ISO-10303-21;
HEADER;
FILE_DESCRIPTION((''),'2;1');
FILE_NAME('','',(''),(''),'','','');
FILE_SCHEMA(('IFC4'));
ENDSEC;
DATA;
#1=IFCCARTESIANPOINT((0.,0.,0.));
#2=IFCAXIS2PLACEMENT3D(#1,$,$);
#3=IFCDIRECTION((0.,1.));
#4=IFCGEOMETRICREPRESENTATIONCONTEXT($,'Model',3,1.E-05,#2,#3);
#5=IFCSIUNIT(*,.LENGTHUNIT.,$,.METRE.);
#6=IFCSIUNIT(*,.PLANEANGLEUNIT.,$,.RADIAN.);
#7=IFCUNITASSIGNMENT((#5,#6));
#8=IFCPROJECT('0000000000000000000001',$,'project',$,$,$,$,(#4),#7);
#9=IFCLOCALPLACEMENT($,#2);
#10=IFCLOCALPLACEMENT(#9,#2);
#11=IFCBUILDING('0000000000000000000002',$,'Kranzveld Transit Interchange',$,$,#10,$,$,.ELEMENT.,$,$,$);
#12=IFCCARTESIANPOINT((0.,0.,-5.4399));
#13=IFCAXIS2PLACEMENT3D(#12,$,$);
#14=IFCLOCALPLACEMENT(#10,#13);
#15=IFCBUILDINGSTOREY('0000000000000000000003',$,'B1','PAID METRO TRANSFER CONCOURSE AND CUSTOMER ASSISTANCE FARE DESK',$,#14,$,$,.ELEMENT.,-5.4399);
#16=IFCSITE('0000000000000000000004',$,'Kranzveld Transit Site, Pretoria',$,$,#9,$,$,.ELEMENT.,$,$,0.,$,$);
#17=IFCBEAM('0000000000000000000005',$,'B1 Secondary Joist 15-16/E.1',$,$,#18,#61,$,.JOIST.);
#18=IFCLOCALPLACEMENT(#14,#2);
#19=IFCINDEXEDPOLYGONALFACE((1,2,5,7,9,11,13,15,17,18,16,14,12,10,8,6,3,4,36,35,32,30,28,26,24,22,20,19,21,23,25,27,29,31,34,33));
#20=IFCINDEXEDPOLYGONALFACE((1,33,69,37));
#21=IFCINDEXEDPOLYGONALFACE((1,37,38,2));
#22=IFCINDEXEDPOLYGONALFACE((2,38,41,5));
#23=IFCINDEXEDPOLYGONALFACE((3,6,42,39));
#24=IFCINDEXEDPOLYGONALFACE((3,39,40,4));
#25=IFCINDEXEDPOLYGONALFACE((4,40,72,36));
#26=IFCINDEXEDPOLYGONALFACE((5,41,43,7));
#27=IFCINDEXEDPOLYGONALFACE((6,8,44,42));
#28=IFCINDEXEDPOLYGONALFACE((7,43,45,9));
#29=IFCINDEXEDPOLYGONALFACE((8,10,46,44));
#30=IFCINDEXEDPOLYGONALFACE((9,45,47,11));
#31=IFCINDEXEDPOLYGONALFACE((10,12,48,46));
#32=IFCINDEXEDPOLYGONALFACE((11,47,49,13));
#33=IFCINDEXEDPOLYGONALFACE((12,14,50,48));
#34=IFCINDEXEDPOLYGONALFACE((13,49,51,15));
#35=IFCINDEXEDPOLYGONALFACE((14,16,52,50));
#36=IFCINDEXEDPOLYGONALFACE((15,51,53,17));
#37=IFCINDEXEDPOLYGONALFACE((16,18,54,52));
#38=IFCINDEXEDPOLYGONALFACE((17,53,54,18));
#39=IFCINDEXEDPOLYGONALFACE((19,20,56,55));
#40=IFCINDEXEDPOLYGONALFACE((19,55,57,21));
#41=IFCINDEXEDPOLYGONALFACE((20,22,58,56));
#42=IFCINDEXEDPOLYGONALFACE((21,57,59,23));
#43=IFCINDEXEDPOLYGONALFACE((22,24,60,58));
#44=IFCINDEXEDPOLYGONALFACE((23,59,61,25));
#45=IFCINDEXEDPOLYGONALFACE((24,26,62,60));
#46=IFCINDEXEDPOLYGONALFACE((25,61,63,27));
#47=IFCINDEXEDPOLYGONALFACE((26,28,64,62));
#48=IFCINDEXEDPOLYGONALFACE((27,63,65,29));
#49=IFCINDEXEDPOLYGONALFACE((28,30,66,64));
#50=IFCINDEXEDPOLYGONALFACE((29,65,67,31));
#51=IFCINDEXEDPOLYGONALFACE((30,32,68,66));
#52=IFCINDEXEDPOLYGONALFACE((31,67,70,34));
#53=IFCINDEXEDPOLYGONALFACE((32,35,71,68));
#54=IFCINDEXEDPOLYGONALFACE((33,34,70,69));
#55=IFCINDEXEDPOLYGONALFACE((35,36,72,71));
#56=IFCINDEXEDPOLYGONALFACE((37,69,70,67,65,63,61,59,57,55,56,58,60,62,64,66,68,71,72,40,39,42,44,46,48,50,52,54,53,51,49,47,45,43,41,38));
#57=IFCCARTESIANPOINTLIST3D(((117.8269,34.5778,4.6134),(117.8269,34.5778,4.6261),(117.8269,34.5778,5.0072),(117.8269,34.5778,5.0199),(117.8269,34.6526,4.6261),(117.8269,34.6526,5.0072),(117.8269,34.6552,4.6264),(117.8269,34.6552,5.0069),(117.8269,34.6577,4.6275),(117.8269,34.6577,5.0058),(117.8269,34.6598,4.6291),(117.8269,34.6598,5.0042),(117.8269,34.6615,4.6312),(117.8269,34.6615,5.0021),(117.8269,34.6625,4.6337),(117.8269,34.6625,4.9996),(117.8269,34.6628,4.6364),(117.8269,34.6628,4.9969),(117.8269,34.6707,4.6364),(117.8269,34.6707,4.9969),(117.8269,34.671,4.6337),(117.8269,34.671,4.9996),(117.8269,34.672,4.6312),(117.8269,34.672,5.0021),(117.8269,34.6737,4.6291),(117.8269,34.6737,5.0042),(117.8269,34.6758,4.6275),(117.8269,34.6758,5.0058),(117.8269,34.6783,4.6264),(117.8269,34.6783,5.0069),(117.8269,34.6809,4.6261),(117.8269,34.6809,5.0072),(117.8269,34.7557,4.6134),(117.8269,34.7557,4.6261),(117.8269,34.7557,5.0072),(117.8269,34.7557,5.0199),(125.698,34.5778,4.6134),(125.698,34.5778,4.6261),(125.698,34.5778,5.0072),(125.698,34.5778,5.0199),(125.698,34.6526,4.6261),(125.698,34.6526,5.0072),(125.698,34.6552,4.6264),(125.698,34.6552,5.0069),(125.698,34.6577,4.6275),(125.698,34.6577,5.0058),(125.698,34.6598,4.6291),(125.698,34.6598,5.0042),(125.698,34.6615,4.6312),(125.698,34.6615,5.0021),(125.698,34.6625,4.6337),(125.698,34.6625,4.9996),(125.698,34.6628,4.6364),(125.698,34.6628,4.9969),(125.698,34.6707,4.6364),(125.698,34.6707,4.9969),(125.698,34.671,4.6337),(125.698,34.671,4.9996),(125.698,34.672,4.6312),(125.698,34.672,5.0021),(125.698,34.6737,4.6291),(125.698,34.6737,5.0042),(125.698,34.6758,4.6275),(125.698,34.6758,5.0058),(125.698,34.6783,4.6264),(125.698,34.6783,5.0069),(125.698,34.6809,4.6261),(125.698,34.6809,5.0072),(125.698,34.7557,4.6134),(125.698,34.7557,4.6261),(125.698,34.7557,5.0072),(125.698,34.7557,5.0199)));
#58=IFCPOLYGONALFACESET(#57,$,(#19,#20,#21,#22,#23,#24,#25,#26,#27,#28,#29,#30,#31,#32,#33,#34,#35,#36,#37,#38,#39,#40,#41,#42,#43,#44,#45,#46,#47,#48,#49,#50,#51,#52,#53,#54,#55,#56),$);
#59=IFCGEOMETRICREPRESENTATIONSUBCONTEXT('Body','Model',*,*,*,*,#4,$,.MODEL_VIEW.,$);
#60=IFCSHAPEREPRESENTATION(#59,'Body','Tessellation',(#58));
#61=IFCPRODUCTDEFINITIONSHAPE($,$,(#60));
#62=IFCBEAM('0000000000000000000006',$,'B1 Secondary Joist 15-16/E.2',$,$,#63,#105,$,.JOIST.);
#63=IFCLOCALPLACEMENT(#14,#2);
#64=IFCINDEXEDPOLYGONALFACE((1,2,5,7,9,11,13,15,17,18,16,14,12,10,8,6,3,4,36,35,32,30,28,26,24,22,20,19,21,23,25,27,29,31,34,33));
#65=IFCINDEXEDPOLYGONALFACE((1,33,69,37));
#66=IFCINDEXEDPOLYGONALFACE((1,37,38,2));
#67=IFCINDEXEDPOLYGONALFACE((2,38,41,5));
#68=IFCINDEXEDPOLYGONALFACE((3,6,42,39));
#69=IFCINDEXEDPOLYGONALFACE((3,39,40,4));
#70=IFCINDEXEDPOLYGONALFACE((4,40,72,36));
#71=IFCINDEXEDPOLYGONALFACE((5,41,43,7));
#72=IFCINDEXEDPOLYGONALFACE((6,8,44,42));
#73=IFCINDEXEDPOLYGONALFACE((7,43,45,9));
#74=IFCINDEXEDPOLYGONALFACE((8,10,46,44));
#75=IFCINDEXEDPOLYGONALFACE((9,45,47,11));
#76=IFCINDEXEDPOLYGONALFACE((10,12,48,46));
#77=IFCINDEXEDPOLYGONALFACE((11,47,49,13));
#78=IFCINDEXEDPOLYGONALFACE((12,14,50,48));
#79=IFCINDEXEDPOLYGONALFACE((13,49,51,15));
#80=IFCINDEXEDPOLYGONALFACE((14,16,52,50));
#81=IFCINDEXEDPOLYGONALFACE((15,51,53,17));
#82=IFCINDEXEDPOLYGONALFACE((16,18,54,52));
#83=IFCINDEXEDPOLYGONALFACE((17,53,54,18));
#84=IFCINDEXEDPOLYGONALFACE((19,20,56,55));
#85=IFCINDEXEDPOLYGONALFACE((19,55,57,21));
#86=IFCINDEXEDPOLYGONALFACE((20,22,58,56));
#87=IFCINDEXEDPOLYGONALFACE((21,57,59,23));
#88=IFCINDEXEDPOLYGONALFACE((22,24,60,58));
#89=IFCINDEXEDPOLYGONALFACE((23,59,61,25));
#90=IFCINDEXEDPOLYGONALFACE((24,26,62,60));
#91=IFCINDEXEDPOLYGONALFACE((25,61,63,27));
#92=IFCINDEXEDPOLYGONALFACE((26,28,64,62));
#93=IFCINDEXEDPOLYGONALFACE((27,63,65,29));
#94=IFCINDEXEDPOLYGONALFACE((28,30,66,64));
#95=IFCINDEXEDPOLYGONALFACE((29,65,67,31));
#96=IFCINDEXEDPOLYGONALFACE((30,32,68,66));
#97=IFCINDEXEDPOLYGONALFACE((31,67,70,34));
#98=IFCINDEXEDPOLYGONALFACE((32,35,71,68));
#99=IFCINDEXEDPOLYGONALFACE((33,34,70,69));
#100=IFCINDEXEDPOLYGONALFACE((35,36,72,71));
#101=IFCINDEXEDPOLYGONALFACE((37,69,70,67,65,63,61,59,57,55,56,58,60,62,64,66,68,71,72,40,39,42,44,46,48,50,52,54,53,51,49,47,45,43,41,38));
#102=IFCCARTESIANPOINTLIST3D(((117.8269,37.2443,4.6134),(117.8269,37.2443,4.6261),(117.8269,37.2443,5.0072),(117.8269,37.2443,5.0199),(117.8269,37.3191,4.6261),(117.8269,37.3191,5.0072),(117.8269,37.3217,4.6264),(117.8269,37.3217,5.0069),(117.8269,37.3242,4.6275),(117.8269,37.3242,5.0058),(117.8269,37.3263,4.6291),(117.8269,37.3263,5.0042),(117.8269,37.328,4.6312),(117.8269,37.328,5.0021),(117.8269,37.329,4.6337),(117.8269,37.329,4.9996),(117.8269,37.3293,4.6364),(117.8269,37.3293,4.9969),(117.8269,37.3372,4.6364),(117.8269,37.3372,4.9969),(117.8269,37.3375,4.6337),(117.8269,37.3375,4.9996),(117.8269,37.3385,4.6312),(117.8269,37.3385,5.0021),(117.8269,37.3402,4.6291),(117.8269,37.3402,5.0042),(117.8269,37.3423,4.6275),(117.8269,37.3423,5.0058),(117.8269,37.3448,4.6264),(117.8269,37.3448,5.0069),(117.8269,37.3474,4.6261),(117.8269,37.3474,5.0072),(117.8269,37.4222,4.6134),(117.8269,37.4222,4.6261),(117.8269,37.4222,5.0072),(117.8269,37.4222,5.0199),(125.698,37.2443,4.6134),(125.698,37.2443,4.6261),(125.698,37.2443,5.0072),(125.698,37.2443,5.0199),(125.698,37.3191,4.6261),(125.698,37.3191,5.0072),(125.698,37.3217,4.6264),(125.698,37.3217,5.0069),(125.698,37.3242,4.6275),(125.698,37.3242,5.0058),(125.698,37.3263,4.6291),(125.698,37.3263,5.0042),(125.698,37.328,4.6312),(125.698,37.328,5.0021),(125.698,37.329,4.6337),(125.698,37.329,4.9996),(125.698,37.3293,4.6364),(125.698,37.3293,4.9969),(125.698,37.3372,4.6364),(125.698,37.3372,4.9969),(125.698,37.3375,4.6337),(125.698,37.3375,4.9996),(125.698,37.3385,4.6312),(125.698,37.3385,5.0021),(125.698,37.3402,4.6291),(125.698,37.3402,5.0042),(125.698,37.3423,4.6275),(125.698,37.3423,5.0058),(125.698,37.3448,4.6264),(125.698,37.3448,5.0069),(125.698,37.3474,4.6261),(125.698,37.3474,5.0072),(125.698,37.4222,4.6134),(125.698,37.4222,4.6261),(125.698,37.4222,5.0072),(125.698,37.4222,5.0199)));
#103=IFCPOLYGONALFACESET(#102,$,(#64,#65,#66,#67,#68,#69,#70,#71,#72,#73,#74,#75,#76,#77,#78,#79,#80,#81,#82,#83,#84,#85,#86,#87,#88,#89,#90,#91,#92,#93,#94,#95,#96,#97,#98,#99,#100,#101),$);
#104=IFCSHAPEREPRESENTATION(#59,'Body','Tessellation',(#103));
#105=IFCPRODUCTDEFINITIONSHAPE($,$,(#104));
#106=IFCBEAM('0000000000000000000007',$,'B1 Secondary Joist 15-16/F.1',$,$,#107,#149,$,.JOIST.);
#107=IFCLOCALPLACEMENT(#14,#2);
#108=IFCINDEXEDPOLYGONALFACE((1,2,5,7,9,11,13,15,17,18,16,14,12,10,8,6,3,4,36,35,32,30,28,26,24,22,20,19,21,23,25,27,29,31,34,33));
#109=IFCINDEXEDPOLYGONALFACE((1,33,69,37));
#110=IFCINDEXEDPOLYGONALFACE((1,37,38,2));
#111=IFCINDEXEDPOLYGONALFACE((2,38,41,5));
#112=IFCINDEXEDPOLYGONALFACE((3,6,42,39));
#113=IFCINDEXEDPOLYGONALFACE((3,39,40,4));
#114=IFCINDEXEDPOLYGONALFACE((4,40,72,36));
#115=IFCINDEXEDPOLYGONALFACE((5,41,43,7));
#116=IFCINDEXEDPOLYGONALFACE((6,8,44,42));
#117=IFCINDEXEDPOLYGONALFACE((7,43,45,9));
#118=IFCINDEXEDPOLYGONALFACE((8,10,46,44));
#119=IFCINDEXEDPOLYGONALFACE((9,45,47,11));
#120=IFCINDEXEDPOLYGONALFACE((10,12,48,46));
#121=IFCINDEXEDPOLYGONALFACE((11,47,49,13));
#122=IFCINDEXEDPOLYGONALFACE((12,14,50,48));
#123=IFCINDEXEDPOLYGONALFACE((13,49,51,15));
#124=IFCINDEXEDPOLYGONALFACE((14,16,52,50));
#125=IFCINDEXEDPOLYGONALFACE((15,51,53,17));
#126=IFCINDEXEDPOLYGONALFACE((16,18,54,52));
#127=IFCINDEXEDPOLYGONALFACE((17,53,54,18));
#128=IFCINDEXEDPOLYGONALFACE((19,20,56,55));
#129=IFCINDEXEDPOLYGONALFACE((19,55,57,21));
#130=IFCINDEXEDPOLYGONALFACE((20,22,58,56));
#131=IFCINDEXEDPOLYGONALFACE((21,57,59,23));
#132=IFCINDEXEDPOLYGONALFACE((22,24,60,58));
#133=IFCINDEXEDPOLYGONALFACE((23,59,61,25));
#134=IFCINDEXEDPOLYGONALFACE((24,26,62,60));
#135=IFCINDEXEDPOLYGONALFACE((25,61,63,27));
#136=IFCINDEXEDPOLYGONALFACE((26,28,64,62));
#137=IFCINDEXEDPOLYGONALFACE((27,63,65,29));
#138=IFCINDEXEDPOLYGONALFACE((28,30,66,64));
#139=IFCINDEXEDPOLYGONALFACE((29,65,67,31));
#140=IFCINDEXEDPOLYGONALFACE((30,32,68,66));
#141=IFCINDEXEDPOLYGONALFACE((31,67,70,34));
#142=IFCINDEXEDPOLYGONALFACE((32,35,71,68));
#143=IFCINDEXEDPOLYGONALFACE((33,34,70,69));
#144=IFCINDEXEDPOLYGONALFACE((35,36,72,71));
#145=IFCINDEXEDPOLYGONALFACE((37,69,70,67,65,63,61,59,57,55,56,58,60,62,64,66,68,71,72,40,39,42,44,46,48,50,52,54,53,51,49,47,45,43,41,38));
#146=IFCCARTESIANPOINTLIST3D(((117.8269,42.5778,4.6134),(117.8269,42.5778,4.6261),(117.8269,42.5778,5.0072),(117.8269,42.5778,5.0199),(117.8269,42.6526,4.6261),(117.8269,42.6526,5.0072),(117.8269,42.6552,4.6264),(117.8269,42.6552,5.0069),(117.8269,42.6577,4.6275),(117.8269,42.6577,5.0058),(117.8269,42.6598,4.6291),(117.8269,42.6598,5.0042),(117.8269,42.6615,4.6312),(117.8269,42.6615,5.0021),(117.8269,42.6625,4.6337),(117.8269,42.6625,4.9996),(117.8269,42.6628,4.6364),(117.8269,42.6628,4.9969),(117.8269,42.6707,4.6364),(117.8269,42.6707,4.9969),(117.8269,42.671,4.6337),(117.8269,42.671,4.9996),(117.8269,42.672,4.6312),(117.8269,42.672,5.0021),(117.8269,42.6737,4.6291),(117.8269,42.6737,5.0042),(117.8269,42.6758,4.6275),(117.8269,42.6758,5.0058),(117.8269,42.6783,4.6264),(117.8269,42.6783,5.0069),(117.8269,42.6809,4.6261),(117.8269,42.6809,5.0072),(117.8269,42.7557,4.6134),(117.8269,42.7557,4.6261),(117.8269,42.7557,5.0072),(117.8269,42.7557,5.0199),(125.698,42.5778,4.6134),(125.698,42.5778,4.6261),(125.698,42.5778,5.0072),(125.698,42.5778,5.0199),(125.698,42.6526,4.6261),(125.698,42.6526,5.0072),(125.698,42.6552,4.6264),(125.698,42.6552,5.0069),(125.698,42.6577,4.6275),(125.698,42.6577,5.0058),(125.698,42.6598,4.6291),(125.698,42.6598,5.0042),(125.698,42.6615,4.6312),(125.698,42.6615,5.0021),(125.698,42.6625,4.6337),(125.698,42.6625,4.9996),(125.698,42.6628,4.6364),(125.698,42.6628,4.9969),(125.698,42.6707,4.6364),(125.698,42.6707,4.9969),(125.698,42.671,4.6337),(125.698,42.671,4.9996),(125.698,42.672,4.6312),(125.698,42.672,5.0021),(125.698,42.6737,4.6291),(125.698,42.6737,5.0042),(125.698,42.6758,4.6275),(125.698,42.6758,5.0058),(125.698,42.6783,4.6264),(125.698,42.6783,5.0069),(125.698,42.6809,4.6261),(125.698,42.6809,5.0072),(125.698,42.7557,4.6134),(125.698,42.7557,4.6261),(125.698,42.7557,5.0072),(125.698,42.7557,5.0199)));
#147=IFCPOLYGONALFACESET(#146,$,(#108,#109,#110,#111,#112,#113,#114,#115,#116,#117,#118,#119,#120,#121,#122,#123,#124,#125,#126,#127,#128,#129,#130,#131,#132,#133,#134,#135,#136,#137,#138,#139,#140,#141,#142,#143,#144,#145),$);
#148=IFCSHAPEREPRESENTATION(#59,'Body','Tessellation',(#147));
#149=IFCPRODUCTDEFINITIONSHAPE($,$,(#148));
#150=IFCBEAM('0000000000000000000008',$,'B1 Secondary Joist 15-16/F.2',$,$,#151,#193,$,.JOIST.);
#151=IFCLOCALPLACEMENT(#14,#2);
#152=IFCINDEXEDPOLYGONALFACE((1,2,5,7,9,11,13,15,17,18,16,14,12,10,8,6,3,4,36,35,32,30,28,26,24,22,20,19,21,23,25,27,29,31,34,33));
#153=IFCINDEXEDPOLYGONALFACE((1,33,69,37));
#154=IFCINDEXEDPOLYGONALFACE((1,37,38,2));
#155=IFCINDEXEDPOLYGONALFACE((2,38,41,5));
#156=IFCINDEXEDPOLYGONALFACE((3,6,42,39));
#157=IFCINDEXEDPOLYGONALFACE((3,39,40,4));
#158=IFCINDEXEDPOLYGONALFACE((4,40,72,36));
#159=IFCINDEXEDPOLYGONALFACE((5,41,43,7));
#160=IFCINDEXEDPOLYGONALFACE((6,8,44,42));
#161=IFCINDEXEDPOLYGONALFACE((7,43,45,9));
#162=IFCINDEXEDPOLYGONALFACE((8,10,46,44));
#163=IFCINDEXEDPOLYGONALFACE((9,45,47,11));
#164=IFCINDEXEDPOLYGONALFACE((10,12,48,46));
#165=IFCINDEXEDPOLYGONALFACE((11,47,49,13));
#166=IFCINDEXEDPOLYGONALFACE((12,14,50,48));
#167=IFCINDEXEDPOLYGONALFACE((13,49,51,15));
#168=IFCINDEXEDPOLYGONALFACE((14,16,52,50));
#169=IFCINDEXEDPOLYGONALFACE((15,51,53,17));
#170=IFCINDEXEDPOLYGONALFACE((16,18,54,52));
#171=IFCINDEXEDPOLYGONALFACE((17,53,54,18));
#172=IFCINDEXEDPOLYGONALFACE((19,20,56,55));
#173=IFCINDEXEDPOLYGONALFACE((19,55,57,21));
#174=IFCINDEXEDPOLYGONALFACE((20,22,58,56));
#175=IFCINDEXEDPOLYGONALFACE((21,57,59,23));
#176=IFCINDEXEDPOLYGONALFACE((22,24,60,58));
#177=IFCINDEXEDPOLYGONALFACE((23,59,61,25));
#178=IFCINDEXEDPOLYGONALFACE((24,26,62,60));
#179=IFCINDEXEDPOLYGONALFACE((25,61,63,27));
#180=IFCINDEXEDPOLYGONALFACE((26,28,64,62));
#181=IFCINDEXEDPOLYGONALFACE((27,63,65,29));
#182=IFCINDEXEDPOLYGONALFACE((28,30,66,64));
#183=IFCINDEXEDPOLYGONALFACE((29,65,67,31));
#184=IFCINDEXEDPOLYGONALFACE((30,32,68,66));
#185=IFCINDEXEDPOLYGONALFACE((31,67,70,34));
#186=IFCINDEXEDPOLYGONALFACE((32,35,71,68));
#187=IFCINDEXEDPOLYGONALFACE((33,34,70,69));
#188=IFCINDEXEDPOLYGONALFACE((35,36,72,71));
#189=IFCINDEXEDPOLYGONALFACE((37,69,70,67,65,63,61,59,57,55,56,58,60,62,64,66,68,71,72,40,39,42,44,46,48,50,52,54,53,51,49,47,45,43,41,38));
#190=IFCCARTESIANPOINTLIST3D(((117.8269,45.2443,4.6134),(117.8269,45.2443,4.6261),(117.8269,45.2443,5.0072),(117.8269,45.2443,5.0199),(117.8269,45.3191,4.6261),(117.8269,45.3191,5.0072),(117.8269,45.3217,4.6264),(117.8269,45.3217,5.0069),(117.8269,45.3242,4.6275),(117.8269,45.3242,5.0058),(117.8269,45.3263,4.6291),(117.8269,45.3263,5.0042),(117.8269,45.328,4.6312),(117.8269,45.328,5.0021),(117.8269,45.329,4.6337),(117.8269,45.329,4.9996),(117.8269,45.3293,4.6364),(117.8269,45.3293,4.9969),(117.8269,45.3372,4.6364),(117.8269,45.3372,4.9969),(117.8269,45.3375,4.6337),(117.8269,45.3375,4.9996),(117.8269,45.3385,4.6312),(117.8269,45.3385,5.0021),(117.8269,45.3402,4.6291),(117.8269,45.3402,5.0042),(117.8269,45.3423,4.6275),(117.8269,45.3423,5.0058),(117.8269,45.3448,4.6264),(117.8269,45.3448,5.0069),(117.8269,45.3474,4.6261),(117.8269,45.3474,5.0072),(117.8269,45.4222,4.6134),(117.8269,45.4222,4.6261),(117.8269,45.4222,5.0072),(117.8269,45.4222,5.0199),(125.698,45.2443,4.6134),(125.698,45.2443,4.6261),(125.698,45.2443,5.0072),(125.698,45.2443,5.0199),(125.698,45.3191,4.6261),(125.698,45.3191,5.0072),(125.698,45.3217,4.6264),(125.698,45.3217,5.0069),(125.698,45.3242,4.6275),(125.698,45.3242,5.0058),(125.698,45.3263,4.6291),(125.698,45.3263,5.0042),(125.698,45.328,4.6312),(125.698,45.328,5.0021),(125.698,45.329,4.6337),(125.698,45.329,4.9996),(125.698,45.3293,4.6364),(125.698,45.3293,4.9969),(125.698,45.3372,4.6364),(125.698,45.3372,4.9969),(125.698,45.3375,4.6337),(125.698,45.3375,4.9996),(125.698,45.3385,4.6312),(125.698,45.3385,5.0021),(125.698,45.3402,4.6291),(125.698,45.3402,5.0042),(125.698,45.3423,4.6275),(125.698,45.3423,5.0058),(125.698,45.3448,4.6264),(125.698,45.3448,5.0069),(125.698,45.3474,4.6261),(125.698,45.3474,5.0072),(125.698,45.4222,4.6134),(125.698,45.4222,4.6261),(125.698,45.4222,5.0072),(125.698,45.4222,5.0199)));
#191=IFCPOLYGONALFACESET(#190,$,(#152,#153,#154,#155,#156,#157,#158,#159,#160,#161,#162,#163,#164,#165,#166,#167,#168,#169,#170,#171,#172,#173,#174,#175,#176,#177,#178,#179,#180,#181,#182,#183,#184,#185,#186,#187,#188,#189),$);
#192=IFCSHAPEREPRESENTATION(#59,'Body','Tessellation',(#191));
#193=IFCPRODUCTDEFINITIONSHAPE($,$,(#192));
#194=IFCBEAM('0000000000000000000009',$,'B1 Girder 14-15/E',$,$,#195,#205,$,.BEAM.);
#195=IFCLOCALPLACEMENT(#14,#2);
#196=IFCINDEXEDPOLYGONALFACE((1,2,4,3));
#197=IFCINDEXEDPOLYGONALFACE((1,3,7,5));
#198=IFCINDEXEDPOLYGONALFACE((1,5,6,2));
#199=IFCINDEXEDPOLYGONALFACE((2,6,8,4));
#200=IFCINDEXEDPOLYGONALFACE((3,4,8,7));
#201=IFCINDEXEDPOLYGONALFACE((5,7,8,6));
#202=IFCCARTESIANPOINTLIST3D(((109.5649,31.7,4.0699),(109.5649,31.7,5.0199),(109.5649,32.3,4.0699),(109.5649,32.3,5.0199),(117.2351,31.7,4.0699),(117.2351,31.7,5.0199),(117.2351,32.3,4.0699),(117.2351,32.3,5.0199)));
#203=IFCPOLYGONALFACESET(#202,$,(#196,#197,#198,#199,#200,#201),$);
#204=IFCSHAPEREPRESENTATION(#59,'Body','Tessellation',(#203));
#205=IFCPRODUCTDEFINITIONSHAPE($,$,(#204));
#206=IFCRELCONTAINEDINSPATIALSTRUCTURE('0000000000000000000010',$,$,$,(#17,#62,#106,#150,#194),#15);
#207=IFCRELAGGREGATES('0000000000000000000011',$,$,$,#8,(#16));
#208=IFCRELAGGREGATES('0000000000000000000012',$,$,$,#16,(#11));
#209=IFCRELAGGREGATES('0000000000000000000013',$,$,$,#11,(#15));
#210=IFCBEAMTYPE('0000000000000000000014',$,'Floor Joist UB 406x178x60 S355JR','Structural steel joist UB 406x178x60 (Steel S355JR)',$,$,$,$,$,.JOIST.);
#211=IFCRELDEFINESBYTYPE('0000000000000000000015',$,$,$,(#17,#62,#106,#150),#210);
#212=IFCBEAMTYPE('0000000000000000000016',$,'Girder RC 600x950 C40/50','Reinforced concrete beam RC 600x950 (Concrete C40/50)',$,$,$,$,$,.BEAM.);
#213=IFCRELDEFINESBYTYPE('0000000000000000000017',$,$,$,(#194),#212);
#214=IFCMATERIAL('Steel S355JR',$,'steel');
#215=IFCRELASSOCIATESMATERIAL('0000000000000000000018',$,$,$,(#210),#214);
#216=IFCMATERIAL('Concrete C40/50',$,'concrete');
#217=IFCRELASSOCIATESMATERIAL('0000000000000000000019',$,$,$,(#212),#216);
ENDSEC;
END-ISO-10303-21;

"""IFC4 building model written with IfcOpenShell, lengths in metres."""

from ifc_helpers import new_model, si_unit, direction, frame, origin, origin_2d, place, context, subcontext, project, spatial, rectangle, i_section, extrude, material, material_profile, profile_set, type_object, element, save


model = new_model("IFC4")

# Units and contexts
model_context = context("Model", 3, precision=1e-05, world=origin(), true_north=direction((0.0, 1.0)))
body_context = subcontext(model_context, "Body", "Model", "MODEL_VIEW")
ifc_project = project(units=[si_unit("LENGTHUNIT", "METRE"), si_unit("PLANEANGLEUNIT", "RADIAN")], contexts=[model_context])

# Site, building, storey
site_placement = place(None, origin())
site = spatial("IfcSite", under=ifc_project, at=site_placement, Name="Kranzveld Transit Site, Pretoria", CompositionType="ELEMENT", RefElevation=0.0)
building_placement = place(site_placement, origin())
building = spatial("IfcBuilding", under=site, at=building_placement, Name="Kranzveld Transit Interchange", CompositionType="ELEMENT")
storey_placement = place(building_placement, frame((0.0, 0.0, -5.4399)))
storey = spatial("IfcBuildingStorey", under=building, at=storey_placement, Name="B1", Description="PAID METRO TRANSFER CONCOURSE AND CUSTOMER ASSISTANCE FARE DESK", CompositionType="ELEMENT", Elevation=-5.4399)

# Beams
ifc_material_1 = material(Name="Steel S355JR", Category="steel")
ifc_material_profile_1 = material_profile(ifc_material_1, i_section(OverallWidth=0.178, OverallDepth=0.4065, WebThickness=0.0078, FlangeThickness=0.0127, FilletRadius=0.0103, at=origin_2d()), Name="UB 406x178x60")
ifc_profile_set_1 = profile_set([ifc_material_profile_1], Name="Steel S355JR")
beam_type_1 = type_object("IfcBeamType", Name="Floor Joist UB 406x178x60 S355JR", Description="Structural steel joist UB 406x178x60 (Steel S355JR)", PredefinedType="JOIST", material=ifc_profile_set_1)
for number, where, z_axis, x_axis, name in (
    (1, (117.8269, 34.6667, 4.8167), (1.0, 0.0, 0.0), (0.0, 1.0, 0.0), "B1 Secondary Joist 15-16/E.1"),
    (2, (117.8269, 37.3333, 4.8167), (1.0, 0.0, 0.0), (0.0, 1.0, 0.0), "B1 Secondary Joist 15-16/E.2"),
    (3, (117.8269, 42.6667, 4.8167), (1.0, 0.0, 0.0), (0.0, 1.0, 0.0), "B1 Secondary Joist 15-16/F.1"),
    (4, (117.8269, 45.3333, 4.8167), (1.0, 0.0, 0.0), (0.0, 1.0, 0.0), "B1 Secondary Joist 15-16/F.2"),
):
    element("IfcBeam", number, at=place(storey_placement, frame(where, z_axis=z_axis, x_axis=x_axis)), inside=storey, type_object=beam_type_1, Name=name, PredefinedType="JOIST", context=body_context, shape_type="SweptSolid", body=[
        extrude(i_section(OverallWidth=0.178, OverallDepth=0.4065, WebThickness=0.0078, FlangeThickness=0.0127, FilletRadius=0.0103, at=origin_2d()), origin(), (0.0, 0.0, 1.0), 7.8711),
    ])
ifc_material_2 = material(Name="Concrete C40/50", Category="concrete")
ifc_material_profile_2 = material_profile(ifc_material_2, rectangle(XDim=0.6001, YDim=0.95, at=origin_2d()), Name="RC 600x950")
ifc_profile_set_2 = profile_set([ifc_material_profile_2], Name="Concrete C40/50")
beam_type_2 = type_object("IfcBeamType", Name="Girder RC 600x950 C40/50", Description="Reinforced concrete beam RC 600x950 (Concrete C40/50)", PredefinedType="BEAM", material=ifc_profile_set_2)
beam_1_placement = place(storey_placement, frame((109.5649, 32.0, 4.5449), z_axis=(1.0, 0.0, 0.0), x_axis=(0.0, 1.0, 0.0)))
element("IfcBeam", 5, at=beam_1_placement, inside=storey, type_object=beam_type_2, Name="B1 Girder 14-15/E", PredefinedType="BEAM", context=body_context, shape_type="SweptSolid", body=[
    extrude(rectangle(XDim=0.6001, YDim=0.95, at=origin_2d()), origin(), (0.0, 0.0, 1.0), 7.6702),
])

save(model, "model.ifc")
